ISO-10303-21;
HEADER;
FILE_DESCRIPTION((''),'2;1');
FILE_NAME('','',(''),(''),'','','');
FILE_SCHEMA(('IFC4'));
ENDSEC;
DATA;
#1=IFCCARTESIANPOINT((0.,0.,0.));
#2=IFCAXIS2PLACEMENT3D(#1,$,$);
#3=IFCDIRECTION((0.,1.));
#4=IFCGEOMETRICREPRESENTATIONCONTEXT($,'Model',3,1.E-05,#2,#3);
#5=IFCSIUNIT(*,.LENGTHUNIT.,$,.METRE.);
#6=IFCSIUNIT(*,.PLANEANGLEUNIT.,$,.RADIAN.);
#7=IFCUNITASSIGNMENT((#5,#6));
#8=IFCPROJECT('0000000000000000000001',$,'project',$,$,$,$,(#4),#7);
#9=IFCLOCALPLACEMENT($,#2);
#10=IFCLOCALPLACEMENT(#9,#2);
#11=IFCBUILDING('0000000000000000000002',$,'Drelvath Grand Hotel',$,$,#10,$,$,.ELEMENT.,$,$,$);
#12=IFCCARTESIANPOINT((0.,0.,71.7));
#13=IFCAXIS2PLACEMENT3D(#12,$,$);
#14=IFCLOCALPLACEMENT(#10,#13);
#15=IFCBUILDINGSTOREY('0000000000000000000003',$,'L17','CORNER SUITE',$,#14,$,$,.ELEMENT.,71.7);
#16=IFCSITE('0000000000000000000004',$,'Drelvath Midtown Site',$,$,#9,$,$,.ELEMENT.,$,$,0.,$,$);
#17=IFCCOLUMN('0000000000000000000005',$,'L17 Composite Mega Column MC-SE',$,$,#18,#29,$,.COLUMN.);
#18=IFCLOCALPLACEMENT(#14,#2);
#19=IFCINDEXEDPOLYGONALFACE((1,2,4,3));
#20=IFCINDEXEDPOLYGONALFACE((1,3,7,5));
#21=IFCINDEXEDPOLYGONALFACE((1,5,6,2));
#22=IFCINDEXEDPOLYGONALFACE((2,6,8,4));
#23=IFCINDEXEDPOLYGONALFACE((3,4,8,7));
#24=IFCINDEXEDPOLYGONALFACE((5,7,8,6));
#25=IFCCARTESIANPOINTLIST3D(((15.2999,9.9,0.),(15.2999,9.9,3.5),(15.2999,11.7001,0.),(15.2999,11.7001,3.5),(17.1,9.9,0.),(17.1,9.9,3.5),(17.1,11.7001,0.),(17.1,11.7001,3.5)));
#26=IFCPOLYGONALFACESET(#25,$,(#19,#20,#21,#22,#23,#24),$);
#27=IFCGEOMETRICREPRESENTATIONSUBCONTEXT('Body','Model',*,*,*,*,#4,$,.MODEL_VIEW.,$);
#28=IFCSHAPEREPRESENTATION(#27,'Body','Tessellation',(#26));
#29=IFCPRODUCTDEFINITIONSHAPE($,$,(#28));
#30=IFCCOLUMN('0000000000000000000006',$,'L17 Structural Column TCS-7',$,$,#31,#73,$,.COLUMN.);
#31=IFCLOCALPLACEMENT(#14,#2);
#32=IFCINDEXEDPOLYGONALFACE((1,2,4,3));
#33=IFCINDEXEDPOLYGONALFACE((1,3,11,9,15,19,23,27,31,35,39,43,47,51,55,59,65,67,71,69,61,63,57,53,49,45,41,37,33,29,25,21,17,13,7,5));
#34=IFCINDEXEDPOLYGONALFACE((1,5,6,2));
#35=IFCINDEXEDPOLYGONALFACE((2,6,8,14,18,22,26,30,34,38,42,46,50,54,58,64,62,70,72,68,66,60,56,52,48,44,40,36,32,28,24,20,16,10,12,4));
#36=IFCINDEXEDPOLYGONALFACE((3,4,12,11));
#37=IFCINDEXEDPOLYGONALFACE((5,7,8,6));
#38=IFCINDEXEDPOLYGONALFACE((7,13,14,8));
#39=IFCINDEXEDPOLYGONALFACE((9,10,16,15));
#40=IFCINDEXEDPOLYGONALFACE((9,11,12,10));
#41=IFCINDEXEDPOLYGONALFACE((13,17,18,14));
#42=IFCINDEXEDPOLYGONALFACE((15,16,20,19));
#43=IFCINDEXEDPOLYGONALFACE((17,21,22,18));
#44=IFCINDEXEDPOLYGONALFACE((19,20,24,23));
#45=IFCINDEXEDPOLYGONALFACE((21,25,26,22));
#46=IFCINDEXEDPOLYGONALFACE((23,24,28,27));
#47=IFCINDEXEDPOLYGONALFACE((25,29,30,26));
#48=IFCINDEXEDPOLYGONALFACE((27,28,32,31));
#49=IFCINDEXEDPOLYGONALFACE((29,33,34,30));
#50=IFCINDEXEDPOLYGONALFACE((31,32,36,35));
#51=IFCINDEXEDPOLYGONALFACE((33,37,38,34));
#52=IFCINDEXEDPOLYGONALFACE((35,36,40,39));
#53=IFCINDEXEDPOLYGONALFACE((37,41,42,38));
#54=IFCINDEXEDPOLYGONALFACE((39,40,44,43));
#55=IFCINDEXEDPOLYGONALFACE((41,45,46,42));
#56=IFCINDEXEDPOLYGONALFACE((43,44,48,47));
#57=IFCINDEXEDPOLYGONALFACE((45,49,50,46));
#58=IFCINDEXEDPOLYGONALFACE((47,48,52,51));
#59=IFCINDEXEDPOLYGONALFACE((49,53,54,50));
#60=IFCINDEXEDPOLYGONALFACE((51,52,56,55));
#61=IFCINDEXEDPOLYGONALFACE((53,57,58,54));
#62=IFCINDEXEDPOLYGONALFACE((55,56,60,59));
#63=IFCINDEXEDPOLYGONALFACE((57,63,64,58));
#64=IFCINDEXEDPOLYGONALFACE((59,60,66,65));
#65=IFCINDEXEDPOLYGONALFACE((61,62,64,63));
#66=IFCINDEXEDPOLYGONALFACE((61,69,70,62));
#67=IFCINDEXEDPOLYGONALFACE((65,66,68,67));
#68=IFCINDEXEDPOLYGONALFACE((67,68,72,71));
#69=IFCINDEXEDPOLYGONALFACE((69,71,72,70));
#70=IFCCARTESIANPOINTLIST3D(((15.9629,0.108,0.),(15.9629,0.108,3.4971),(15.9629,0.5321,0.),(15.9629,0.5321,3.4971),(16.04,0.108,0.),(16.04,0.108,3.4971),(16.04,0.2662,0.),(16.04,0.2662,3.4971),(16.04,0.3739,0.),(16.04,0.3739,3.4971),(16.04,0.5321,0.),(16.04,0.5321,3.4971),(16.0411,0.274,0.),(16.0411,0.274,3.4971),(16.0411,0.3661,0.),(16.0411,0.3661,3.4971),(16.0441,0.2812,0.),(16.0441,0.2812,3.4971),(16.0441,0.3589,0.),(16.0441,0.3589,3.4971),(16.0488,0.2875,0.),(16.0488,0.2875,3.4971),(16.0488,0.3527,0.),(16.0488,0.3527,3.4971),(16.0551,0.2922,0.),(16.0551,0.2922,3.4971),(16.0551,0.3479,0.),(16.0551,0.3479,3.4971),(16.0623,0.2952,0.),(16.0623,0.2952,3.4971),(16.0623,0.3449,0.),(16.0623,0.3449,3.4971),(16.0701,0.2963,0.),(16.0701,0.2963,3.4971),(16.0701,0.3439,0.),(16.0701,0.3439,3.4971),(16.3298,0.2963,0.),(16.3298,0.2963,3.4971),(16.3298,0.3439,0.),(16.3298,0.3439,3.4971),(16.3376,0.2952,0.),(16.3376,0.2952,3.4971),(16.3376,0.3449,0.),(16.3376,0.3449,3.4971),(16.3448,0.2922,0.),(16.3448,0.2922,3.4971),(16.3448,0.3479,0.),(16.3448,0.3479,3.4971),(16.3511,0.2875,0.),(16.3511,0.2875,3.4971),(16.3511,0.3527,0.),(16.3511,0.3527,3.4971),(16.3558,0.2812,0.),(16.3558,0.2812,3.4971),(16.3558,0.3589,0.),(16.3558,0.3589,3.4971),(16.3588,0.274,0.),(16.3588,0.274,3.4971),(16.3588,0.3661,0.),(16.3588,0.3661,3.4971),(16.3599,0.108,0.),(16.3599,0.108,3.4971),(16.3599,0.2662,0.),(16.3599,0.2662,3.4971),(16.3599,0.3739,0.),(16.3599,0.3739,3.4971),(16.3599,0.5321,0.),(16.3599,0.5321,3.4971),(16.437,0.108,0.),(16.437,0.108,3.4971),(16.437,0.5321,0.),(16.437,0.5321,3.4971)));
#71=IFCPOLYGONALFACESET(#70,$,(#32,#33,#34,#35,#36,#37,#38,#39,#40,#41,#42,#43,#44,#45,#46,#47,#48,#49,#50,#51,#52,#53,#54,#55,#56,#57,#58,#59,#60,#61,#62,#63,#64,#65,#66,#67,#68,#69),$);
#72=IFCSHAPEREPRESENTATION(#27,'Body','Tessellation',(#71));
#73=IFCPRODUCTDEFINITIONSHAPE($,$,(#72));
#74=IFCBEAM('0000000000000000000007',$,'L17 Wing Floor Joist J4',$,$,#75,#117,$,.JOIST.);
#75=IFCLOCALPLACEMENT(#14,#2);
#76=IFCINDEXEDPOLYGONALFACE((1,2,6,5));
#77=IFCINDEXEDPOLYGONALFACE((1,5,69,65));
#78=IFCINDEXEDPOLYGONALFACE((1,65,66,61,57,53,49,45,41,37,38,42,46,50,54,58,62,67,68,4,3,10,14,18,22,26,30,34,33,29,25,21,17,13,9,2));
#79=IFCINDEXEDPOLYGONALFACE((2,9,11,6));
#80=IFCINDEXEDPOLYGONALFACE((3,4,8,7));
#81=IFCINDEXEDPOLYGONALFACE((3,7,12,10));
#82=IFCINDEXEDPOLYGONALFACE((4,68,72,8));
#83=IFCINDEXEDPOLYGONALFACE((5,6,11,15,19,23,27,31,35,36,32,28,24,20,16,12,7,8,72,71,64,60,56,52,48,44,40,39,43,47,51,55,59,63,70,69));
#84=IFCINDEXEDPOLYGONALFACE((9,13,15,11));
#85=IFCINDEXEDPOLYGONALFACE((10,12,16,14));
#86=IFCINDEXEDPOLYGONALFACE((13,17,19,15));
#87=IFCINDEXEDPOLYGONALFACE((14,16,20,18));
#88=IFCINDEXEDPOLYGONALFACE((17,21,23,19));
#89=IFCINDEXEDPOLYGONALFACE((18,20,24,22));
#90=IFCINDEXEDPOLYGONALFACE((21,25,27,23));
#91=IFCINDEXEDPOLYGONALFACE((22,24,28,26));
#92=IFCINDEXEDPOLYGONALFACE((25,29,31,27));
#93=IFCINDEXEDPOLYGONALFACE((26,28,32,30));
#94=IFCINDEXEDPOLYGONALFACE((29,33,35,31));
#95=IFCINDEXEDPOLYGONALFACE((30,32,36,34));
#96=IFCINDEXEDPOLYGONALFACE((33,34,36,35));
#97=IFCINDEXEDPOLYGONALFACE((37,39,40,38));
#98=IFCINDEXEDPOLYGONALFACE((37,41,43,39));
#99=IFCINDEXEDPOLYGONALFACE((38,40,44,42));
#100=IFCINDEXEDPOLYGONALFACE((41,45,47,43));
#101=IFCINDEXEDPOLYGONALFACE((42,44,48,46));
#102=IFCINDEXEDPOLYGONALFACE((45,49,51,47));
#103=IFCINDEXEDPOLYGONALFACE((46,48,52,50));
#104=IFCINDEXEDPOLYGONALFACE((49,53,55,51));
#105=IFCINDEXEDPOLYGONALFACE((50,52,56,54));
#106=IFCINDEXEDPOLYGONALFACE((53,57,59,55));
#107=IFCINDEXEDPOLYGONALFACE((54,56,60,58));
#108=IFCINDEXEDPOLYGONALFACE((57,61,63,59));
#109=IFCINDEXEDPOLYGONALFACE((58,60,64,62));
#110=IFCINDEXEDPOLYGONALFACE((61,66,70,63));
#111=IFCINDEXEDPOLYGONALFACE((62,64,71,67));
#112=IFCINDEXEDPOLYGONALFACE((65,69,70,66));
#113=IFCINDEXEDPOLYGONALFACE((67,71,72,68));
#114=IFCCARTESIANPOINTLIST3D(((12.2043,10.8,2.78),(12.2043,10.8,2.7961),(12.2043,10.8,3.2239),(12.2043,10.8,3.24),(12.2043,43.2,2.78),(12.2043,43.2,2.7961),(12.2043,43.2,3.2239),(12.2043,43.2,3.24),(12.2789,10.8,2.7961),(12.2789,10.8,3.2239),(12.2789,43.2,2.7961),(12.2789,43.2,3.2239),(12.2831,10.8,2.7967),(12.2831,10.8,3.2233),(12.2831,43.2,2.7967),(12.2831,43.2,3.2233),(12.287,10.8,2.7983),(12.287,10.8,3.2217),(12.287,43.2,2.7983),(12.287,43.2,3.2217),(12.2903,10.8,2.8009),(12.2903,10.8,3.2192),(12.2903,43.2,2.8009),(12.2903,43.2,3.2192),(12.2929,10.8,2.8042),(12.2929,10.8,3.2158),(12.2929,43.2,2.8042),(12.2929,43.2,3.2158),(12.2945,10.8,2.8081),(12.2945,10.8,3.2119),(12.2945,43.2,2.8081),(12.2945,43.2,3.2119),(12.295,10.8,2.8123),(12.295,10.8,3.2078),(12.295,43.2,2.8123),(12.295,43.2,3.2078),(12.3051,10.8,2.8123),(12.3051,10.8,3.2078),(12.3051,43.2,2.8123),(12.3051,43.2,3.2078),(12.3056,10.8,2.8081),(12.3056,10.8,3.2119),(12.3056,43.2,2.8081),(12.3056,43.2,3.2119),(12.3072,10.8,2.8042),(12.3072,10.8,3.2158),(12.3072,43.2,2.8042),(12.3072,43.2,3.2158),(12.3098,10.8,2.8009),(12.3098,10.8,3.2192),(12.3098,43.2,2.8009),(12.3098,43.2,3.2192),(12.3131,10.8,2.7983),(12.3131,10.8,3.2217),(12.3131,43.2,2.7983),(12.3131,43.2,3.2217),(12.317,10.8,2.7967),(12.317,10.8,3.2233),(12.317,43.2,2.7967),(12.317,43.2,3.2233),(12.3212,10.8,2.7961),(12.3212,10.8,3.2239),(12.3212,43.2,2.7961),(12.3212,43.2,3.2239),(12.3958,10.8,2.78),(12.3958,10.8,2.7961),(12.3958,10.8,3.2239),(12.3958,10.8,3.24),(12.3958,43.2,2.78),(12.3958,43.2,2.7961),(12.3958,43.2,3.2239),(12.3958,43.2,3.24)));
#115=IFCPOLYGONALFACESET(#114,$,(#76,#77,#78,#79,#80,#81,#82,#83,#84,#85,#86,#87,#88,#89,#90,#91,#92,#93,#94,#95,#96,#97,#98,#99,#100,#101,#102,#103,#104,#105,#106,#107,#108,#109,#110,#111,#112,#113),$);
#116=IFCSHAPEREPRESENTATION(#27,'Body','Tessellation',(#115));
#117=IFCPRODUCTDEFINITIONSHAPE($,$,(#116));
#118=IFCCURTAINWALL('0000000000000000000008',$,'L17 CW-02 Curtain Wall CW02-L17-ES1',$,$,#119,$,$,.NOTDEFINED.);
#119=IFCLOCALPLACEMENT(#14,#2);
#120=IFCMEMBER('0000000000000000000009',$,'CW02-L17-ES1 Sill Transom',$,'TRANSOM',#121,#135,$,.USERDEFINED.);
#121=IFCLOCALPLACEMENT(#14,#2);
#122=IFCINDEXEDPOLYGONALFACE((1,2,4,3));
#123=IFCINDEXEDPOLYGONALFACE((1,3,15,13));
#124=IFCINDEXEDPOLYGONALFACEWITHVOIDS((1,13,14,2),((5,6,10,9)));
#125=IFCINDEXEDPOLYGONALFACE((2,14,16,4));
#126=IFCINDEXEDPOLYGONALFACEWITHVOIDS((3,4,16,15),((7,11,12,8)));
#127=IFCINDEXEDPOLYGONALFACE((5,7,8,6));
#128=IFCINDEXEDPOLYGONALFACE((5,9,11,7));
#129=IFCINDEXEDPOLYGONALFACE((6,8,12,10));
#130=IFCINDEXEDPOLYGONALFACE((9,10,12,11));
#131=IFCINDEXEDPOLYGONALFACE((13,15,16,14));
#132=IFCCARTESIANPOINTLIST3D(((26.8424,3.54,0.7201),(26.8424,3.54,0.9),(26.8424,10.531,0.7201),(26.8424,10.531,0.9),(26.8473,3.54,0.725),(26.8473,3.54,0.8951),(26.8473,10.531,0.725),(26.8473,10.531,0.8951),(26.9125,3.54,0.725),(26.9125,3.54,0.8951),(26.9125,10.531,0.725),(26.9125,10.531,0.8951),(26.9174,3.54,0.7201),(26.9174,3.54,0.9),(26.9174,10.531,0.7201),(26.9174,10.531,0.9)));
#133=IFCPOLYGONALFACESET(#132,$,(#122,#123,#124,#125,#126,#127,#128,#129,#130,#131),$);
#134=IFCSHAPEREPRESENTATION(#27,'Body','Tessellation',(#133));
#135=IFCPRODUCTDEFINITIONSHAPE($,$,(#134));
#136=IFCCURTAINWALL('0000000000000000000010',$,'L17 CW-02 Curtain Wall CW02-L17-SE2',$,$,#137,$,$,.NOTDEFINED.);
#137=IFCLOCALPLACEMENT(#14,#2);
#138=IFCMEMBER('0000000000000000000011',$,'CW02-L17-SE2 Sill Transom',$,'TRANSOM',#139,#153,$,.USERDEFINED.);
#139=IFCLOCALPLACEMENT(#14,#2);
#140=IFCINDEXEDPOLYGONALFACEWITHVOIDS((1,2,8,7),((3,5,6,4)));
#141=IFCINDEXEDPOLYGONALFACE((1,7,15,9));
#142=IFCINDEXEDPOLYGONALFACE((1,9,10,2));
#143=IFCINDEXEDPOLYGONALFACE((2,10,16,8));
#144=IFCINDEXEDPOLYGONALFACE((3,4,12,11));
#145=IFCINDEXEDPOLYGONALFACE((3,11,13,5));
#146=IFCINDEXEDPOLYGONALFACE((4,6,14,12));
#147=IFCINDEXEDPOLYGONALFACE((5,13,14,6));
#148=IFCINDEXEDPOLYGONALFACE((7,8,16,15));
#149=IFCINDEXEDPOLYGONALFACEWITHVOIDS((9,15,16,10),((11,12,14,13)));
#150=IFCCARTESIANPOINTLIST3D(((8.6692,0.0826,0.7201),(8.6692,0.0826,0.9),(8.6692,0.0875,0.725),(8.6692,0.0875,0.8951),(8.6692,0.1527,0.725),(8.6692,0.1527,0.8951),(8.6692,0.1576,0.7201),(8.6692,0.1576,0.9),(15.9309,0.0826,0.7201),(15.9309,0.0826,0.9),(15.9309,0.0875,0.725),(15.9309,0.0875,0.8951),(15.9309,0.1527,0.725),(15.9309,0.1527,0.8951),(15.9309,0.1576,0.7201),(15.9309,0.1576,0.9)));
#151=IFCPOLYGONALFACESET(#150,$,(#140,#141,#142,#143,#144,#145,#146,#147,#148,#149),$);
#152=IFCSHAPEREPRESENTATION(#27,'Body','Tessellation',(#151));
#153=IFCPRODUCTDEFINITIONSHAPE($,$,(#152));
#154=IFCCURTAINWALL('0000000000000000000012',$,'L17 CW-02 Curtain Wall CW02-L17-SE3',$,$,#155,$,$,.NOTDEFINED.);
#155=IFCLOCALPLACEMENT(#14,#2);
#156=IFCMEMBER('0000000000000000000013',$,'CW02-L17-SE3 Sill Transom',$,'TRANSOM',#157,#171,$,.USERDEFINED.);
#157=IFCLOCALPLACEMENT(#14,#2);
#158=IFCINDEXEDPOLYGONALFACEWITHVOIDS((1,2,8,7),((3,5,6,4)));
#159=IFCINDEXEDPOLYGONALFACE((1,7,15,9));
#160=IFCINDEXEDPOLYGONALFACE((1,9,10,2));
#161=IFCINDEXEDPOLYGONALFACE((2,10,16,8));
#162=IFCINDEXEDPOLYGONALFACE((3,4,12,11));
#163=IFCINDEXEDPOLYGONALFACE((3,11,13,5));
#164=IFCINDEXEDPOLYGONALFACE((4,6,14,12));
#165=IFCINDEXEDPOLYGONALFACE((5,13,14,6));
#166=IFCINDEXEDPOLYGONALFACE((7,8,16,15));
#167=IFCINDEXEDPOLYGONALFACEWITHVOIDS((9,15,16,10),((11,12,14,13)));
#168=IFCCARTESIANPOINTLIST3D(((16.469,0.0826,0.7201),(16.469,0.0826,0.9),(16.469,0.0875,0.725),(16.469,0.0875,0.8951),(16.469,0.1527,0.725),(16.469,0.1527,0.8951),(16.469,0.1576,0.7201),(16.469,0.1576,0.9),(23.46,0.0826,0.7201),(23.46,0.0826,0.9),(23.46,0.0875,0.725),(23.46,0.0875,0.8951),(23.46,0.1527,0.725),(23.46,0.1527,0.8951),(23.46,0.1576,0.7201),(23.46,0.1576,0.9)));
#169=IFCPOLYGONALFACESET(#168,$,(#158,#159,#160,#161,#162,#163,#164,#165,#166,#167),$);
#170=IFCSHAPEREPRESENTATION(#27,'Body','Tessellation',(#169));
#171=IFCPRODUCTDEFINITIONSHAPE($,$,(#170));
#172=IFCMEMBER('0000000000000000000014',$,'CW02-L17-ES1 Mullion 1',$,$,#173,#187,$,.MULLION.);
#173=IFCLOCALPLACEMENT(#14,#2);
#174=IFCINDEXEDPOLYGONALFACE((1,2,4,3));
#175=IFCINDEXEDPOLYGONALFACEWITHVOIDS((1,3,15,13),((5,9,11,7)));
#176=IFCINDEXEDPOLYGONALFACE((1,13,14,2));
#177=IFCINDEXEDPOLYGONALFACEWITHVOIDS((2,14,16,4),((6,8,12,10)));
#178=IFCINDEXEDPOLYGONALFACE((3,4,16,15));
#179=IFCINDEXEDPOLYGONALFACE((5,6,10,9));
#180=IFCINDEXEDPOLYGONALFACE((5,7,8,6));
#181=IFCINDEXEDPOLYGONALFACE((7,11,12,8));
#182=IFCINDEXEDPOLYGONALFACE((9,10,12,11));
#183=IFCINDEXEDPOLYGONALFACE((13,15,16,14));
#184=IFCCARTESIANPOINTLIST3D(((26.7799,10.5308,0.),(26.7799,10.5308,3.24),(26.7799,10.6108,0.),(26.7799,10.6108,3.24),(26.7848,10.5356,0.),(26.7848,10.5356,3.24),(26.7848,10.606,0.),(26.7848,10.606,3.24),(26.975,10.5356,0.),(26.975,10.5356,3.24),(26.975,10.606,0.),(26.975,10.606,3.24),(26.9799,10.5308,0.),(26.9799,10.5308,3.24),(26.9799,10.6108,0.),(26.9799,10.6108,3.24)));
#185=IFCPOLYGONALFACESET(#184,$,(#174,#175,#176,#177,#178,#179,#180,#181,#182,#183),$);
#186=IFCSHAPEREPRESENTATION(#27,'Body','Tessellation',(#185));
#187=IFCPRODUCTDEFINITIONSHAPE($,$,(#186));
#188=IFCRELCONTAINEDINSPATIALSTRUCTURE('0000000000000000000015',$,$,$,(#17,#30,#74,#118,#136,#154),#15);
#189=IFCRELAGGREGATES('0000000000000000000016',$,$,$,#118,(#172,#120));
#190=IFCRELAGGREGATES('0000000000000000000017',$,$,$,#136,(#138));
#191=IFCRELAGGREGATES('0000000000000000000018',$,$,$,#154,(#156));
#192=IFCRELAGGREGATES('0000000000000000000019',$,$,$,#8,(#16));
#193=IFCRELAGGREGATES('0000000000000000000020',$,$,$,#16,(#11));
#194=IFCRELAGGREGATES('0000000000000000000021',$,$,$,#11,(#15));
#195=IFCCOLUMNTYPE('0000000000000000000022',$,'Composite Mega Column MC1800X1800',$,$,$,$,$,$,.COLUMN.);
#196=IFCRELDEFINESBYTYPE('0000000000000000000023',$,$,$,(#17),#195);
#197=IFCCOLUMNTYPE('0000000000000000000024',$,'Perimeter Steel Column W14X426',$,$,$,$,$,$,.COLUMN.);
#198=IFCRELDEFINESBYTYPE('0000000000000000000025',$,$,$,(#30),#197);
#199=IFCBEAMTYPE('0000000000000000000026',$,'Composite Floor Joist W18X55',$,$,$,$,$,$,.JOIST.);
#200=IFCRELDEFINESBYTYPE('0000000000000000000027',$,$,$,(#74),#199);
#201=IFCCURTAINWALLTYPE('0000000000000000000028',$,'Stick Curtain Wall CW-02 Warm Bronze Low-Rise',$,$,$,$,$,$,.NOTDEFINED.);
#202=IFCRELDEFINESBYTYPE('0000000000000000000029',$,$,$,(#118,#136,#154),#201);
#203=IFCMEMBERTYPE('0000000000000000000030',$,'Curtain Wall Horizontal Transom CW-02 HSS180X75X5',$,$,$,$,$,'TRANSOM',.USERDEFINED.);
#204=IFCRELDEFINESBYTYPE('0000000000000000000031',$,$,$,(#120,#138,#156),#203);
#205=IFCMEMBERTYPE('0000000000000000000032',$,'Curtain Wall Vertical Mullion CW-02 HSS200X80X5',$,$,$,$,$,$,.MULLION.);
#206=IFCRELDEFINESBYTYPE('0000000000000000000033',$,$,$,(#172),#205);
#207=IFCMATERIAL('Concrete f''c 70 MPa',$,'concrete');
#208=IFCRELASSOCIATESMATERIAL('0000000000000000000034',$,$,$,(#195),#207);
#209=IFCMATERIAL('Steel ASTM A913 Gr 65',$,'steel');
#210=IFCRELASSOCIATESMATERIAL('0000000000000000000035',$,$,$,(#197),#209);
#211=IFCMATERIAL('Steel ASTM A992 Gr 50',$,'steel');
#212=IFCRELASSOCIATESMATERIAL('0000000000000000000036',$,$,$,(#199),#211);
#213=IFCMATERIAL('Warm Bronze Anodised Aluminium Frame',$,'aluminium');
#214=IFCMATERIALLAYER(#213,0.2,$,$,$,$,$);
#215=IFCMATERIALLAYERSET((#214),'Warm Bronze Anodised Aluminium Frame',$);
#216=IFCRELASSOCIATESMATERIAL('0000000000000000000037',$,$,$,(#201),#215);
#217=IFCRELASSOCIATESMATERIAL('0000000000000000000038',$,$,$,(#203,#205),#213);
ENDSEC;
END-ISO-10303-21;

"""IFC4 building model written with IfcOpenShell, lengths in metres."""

from ifc_helpers import new_model, si_unit, direction, frame, origin, origin_2d, place, context, subcontext, project, spatial, rectangle, hollow_rectangle, i_section, extrude, material, layer, layer_set, material_profile, profile_set, type_object, element, aggregate, save


model = new_model("IFC4")

# Units and contexts
model_context = context("Model", 3, precision=1e-05, world=origin(), true_north=direction((0.0, 1.0)))
body_context = subcontext(model_context, "Body", "Model", "MODEL_VIEW")
ifc_project = project(units=[si_unit("LENGTHUNIT", "METRE"), si_unit("PLANEANGLEUNIT", "RADIAN")], contexts=[model_context])

# Site, building, storey
site_placement = place(None, origin())
site = spatial("IfcSite", under=ifc_project, at=site_placement, Name="Drelvath Midtown Site", CompositionType="ELEMENT", RefElevation=0.0)
building_placement = place(site_placement, origin())
building = spatial("IfcBuilding", under=site, at=building_placement, Name="Drelvath Grand Hotel", CompositionType="ELEMENT")
storey_placement = place(building_placement, frame((0.0, 0.0, 71.7)))
storey = spatial("IfcBuildingStorey", under=building, at=storey_placement, Name="L17", Description="CORNER SUITE", CompositionType="ELEMENT", Elevation=71.7)

# Columns
ifc_material_1 = material(Name="Concrete f'c 70 MPa", Category="concrete")
ifc_material_profile_1 = material_profile(ifc_material_1, rectangle(XDim=1.8, YDim=1.8, at=origin_2d()), Name="MC1800X1800")
ifc_profile_set_1 = profile_set([ifc_material_profile_1], Name="Concrete f'c 70 MPa")
column_type_1 = type_object("IfcColumnType", Name="Composite Mega Column MC1800X1800", PredefinedType="COLUMN", material=ifc_profile_set_1)
column_1_placement = place(storey_placement, frame((16.2, 10.8, 0.0), z_axis=(0.0, 0.0, 1.0), x_axis=(1.0, 0.0, 0.0)))
element("IfcColumn", 1, at=column_1_placement, inside=storey, type_object=column_type_1, Name="L17 Composite Mega Column MC-SE", PredefinedType="COLUMN", context=body_context, shape_type="SweptSolid", body=[
    extrude(rectangle(XDim=1.8, YDim=1.8, at=origin_2d()), origin(), (0.0, 0.0, 1.0), 3.5),
])
ifc_material_2 = material(Name="Steel ASTM A913 Gr 65", Category="steel")
ifc_material_profile_2 = material_profile(ifc_material_2, i_section(OverallWidth=0.4241, OverallDepth=0.4741, WebThickness=0.0476, FlangeThickness=0.0771, FilletRadius=0.03, at=origin_2d()), Name="W14X426")
ifc_profile_set_2 = profile_set([ifc_material_profile_2], Name="Steel ASTM A913 Gr 65")
column_type_2 = type_object("IfcColumnType", Name="Perimeter Steel Column W14X426", PredefinedType="COLUMN", material=ifc_profile_set_2)
column_2_placement = place(storey_placement, frame((16.2, 0.3201, 0.0), z_axis=(0.0, 0.0, 1.0), x_axis=(0.0, 1.0, 0.0)))
element("IfcColumn", 2, at=column_2_placement, inside=storey, type_object=column_type_2, Name="L17 Structural Column TCS-7", PredefinedType="COLUMN", context=body_context, shape_type="SweptSolid", body=[
    extrude(i_section(OverallWidth=0.4241, OverallDepth=0.4741, WebThickness=0.0476, FlangeThickness=0.0771, FilletRadius=0.03, at=origin_2d()), origin(), (0.0, 0.0, 1.0), 3.4971),
])

# Beam
ifc_material_3 = material(Name="Steel ASTM A992 Gr 50", Category="steel")
ifc_material_profile_3 = material_profile(ifc_material_3, i_section(OverallWidth=0.1914, OverallDepth=0.46, WebThickness=0.01, FlangeThickness=0.0161, FilletRadius=0.0161, at=origin_2d()), Name="W18X55")
ifc_profile_set_3 = profile_set([ifc_material_profile_3], Name="Steel ASTM A992 Gr 50")
beam_type_1 = type_object("IfcBeamType", Name="Composite Floor Joist W18X55", PredefinedType="JOIST", material=ifc_profile_set_3)
beam_1_placement = place(storey_placement, frame((12.3, 10.8, 3.01), z_axis=(0.0, 1.0, 0.0), x_axis=(-1.0, 0.0, 0.0)))
element("IfcBeam", 3, at=beam_1_placement, inside=storey, type_object=beam_type_1, Name="L17 Wing Floor Joist J4", PredefinedType="JOIST", context=body_context, shape_type="SweptSolid", body=[
    extrude(i_section(OverallWidth=0.1914, OverallDepth=0.46, WebThickness=0.01, FlangeThickness=0.0161, FilletRadius=0.0161, at=origin_2d()), origin(), (0.0, 0.0, 1.0), 32.3999),
])

# Curtain walls, members
ifc_material_4 = material(Name="Warm Bronze Anodised Aluminium Frame", Category="aluminium")
ifc_layer_1 = layer(ifc_material_4, 0.2)
ifc_layer_set_1 = layer_set([ifc_layer_1], Name="Warm Bronze Anodised Aluminium Frame")
curtain_wall_type = type_object("IfcCurtainWallType", Name="Stick Curtain Wall CW-02 Warm Bronze Low-Rise", PredefinedType="NOTDEFINED", material=ifc_layer_set_1)
curtain_wall_1_placement = place(storey_placement, origin())
curtain_wall_1 = element("IfcCurtainWall", 4, at=curtain_wall_1_placement, inside=storey, type_object=curtain_wall_type, Name="L17 CW-02 Curtain Wall CW02-L17-ES1", PredefinedType="NOTDEFINED")
ifc_material_profile_4 = material_profile(ifc_material_4, hollow_rectangle(XDim=0.075, YDim=0.1799, WallThickness=0.0049, at=origin_2d()), Name="HSS180X75X5")
ifc_profile_set_4 = profile_set([ifc_material_profile_4], Name="Warm Bronze Anodised Aluminium Frame")
member_type_1 = type_object("IfcMemberType", Name="Curtain Wall Horizontal Transom CW-02 HSS180X75X5", ElementType="TRANSOM", PredefinedType="USERDEFINED", material=ifc_profile_set_4)
member_1_placement = place(storey_placement, frame((26.8799, 10.531, 0.8101), z_axis=(0.0, -1.0, 0.0), x_axis=(1.0, 0.0, 0.0)))
member_1 = element("IfcMember", 5, at=member_1_placement, type_object=member_type_1, Name="CW02-L17-ES1 Sill Transom", ObjectType="TRANSOM", PredefinedType="USERDEFINED", context=body_context, shape_type="SweptSolid", body=[
    extrude(hollow_rectangle(XDim=0.075, YDim=0.1799, WallThickness=0.0049, at=origin_2d()), origin(), (0.0, 0.0, 1.0), 6.991),
])
curtain_wall_2_placement = place(storey_placement, origin())
curtain_wall_2 = element("IfcCurtainWall", 6, at=curtain_wall_2_placement, inside=storey, type_object=curtain_wall_type, Name="L17 CW-02 Curtain Wall CW02-L17-SE2", PredefinedType="NOTDEFINED")
member_2_placement = place(storey_placement, frame((15.9309, 0.1201, 0.8101), z_axis=(-1.0, 0.0, 0.0), x_axis=(0.0, -1.0, 0.0)))
member_2 = element("IfcMember", 7, at=member_2_placement, type_object=member_type_1, Name="CW02-L17-SE2 Sill Transom", ObjectType="TRANSOM", PredefinedType="USERDEFINED", context=body_context, shape_type="SweptSolid", body=[
    extrude(hollow_rectangle(XDim=0.075, YDim=0.1799, WallThickness=0.0049, at=origin_2d()), origin(), (0.0, 0.0, 1.0), 7.2617),
])
curtain_wall_3_placement = place(storey_placement, origin())
curtain_wall_3 = element("IfcCurtainWall", 8, at=curtain_wall_3_placement, inside=storey, type_object=curtain_wall_type, Name="L17 CW-02 Curtain Wall CW02-L17-SE3", PredefinedType="NOTDEFINED")
member_3_placement = place(storey_placement, frame((23.46, 0.1201, 0.8101), z_axis=(-1.0, 0.0, 0.0), x_axis=(0.0, -1.0, 0.0)))
member_3 = element("IfcMember", 9, at=member_3_placement, type_object=member_type_1, Name="CW02-L17-SE3 Sill Transom", ObjectType="TRANSOM", PredefinedType="USERDEFINED", context=body_context, shape_type="SweptSolid", body=[
    extrude(hollow_rectangle(XDim=0.075, YDim=0.1799, WallThickness=0.0049, at=origin_2d()), origin(), (0.0, 0.0, 1.0), 6.991),
])

# Member
ifc_material_profile_5 = material_profile(ifc_material_4, hollow_rectangle(XDim=0.0801, YDim=0.2, WallThickness=0.0049, at=origin_2d()), Name="HSS200X80X5")
ifc_profile_set_5 = profile_set([ifc_material_profile_5], Name="Warm Bronze Anodised Aluminium Frame")
member_type_2 = type_object("IfcMemberType", Name="Curtain Wall Vertical Mullion CW-02 HSS200X80X5", PredefinedType="MULLION", material=ifc_profile_set_5)
member_4_placement = place(storey_placement, frame((26.8799, 10.5708, 0.0), z_axis=(0.0, 0.0, 1.0), x_axis=(0.0, 1.0, 0.0)))
member_4 = element("IfcMember", 10, at=member_4_placement, type_object=member_type_2, Name="CW02-L17-ES1 Mullion 1", PredefinedType="MULLION", context=body_context, shape_type="SweptSolid", body=[
    extrude(hollow_rectangle(XDim=0.0801, YDim=0.2, WallThickness=0.0049, at=origin_2d()), origin(), (0.0, 0.0, 1.0), 3.24),
])

aggregate(curtain_wall_1, [member_4, member_1])
aggregate(curtain_wall_2, [member_2])
aggregate(curtain_wall_3, [member_3])

save(model, "model.ifc")
